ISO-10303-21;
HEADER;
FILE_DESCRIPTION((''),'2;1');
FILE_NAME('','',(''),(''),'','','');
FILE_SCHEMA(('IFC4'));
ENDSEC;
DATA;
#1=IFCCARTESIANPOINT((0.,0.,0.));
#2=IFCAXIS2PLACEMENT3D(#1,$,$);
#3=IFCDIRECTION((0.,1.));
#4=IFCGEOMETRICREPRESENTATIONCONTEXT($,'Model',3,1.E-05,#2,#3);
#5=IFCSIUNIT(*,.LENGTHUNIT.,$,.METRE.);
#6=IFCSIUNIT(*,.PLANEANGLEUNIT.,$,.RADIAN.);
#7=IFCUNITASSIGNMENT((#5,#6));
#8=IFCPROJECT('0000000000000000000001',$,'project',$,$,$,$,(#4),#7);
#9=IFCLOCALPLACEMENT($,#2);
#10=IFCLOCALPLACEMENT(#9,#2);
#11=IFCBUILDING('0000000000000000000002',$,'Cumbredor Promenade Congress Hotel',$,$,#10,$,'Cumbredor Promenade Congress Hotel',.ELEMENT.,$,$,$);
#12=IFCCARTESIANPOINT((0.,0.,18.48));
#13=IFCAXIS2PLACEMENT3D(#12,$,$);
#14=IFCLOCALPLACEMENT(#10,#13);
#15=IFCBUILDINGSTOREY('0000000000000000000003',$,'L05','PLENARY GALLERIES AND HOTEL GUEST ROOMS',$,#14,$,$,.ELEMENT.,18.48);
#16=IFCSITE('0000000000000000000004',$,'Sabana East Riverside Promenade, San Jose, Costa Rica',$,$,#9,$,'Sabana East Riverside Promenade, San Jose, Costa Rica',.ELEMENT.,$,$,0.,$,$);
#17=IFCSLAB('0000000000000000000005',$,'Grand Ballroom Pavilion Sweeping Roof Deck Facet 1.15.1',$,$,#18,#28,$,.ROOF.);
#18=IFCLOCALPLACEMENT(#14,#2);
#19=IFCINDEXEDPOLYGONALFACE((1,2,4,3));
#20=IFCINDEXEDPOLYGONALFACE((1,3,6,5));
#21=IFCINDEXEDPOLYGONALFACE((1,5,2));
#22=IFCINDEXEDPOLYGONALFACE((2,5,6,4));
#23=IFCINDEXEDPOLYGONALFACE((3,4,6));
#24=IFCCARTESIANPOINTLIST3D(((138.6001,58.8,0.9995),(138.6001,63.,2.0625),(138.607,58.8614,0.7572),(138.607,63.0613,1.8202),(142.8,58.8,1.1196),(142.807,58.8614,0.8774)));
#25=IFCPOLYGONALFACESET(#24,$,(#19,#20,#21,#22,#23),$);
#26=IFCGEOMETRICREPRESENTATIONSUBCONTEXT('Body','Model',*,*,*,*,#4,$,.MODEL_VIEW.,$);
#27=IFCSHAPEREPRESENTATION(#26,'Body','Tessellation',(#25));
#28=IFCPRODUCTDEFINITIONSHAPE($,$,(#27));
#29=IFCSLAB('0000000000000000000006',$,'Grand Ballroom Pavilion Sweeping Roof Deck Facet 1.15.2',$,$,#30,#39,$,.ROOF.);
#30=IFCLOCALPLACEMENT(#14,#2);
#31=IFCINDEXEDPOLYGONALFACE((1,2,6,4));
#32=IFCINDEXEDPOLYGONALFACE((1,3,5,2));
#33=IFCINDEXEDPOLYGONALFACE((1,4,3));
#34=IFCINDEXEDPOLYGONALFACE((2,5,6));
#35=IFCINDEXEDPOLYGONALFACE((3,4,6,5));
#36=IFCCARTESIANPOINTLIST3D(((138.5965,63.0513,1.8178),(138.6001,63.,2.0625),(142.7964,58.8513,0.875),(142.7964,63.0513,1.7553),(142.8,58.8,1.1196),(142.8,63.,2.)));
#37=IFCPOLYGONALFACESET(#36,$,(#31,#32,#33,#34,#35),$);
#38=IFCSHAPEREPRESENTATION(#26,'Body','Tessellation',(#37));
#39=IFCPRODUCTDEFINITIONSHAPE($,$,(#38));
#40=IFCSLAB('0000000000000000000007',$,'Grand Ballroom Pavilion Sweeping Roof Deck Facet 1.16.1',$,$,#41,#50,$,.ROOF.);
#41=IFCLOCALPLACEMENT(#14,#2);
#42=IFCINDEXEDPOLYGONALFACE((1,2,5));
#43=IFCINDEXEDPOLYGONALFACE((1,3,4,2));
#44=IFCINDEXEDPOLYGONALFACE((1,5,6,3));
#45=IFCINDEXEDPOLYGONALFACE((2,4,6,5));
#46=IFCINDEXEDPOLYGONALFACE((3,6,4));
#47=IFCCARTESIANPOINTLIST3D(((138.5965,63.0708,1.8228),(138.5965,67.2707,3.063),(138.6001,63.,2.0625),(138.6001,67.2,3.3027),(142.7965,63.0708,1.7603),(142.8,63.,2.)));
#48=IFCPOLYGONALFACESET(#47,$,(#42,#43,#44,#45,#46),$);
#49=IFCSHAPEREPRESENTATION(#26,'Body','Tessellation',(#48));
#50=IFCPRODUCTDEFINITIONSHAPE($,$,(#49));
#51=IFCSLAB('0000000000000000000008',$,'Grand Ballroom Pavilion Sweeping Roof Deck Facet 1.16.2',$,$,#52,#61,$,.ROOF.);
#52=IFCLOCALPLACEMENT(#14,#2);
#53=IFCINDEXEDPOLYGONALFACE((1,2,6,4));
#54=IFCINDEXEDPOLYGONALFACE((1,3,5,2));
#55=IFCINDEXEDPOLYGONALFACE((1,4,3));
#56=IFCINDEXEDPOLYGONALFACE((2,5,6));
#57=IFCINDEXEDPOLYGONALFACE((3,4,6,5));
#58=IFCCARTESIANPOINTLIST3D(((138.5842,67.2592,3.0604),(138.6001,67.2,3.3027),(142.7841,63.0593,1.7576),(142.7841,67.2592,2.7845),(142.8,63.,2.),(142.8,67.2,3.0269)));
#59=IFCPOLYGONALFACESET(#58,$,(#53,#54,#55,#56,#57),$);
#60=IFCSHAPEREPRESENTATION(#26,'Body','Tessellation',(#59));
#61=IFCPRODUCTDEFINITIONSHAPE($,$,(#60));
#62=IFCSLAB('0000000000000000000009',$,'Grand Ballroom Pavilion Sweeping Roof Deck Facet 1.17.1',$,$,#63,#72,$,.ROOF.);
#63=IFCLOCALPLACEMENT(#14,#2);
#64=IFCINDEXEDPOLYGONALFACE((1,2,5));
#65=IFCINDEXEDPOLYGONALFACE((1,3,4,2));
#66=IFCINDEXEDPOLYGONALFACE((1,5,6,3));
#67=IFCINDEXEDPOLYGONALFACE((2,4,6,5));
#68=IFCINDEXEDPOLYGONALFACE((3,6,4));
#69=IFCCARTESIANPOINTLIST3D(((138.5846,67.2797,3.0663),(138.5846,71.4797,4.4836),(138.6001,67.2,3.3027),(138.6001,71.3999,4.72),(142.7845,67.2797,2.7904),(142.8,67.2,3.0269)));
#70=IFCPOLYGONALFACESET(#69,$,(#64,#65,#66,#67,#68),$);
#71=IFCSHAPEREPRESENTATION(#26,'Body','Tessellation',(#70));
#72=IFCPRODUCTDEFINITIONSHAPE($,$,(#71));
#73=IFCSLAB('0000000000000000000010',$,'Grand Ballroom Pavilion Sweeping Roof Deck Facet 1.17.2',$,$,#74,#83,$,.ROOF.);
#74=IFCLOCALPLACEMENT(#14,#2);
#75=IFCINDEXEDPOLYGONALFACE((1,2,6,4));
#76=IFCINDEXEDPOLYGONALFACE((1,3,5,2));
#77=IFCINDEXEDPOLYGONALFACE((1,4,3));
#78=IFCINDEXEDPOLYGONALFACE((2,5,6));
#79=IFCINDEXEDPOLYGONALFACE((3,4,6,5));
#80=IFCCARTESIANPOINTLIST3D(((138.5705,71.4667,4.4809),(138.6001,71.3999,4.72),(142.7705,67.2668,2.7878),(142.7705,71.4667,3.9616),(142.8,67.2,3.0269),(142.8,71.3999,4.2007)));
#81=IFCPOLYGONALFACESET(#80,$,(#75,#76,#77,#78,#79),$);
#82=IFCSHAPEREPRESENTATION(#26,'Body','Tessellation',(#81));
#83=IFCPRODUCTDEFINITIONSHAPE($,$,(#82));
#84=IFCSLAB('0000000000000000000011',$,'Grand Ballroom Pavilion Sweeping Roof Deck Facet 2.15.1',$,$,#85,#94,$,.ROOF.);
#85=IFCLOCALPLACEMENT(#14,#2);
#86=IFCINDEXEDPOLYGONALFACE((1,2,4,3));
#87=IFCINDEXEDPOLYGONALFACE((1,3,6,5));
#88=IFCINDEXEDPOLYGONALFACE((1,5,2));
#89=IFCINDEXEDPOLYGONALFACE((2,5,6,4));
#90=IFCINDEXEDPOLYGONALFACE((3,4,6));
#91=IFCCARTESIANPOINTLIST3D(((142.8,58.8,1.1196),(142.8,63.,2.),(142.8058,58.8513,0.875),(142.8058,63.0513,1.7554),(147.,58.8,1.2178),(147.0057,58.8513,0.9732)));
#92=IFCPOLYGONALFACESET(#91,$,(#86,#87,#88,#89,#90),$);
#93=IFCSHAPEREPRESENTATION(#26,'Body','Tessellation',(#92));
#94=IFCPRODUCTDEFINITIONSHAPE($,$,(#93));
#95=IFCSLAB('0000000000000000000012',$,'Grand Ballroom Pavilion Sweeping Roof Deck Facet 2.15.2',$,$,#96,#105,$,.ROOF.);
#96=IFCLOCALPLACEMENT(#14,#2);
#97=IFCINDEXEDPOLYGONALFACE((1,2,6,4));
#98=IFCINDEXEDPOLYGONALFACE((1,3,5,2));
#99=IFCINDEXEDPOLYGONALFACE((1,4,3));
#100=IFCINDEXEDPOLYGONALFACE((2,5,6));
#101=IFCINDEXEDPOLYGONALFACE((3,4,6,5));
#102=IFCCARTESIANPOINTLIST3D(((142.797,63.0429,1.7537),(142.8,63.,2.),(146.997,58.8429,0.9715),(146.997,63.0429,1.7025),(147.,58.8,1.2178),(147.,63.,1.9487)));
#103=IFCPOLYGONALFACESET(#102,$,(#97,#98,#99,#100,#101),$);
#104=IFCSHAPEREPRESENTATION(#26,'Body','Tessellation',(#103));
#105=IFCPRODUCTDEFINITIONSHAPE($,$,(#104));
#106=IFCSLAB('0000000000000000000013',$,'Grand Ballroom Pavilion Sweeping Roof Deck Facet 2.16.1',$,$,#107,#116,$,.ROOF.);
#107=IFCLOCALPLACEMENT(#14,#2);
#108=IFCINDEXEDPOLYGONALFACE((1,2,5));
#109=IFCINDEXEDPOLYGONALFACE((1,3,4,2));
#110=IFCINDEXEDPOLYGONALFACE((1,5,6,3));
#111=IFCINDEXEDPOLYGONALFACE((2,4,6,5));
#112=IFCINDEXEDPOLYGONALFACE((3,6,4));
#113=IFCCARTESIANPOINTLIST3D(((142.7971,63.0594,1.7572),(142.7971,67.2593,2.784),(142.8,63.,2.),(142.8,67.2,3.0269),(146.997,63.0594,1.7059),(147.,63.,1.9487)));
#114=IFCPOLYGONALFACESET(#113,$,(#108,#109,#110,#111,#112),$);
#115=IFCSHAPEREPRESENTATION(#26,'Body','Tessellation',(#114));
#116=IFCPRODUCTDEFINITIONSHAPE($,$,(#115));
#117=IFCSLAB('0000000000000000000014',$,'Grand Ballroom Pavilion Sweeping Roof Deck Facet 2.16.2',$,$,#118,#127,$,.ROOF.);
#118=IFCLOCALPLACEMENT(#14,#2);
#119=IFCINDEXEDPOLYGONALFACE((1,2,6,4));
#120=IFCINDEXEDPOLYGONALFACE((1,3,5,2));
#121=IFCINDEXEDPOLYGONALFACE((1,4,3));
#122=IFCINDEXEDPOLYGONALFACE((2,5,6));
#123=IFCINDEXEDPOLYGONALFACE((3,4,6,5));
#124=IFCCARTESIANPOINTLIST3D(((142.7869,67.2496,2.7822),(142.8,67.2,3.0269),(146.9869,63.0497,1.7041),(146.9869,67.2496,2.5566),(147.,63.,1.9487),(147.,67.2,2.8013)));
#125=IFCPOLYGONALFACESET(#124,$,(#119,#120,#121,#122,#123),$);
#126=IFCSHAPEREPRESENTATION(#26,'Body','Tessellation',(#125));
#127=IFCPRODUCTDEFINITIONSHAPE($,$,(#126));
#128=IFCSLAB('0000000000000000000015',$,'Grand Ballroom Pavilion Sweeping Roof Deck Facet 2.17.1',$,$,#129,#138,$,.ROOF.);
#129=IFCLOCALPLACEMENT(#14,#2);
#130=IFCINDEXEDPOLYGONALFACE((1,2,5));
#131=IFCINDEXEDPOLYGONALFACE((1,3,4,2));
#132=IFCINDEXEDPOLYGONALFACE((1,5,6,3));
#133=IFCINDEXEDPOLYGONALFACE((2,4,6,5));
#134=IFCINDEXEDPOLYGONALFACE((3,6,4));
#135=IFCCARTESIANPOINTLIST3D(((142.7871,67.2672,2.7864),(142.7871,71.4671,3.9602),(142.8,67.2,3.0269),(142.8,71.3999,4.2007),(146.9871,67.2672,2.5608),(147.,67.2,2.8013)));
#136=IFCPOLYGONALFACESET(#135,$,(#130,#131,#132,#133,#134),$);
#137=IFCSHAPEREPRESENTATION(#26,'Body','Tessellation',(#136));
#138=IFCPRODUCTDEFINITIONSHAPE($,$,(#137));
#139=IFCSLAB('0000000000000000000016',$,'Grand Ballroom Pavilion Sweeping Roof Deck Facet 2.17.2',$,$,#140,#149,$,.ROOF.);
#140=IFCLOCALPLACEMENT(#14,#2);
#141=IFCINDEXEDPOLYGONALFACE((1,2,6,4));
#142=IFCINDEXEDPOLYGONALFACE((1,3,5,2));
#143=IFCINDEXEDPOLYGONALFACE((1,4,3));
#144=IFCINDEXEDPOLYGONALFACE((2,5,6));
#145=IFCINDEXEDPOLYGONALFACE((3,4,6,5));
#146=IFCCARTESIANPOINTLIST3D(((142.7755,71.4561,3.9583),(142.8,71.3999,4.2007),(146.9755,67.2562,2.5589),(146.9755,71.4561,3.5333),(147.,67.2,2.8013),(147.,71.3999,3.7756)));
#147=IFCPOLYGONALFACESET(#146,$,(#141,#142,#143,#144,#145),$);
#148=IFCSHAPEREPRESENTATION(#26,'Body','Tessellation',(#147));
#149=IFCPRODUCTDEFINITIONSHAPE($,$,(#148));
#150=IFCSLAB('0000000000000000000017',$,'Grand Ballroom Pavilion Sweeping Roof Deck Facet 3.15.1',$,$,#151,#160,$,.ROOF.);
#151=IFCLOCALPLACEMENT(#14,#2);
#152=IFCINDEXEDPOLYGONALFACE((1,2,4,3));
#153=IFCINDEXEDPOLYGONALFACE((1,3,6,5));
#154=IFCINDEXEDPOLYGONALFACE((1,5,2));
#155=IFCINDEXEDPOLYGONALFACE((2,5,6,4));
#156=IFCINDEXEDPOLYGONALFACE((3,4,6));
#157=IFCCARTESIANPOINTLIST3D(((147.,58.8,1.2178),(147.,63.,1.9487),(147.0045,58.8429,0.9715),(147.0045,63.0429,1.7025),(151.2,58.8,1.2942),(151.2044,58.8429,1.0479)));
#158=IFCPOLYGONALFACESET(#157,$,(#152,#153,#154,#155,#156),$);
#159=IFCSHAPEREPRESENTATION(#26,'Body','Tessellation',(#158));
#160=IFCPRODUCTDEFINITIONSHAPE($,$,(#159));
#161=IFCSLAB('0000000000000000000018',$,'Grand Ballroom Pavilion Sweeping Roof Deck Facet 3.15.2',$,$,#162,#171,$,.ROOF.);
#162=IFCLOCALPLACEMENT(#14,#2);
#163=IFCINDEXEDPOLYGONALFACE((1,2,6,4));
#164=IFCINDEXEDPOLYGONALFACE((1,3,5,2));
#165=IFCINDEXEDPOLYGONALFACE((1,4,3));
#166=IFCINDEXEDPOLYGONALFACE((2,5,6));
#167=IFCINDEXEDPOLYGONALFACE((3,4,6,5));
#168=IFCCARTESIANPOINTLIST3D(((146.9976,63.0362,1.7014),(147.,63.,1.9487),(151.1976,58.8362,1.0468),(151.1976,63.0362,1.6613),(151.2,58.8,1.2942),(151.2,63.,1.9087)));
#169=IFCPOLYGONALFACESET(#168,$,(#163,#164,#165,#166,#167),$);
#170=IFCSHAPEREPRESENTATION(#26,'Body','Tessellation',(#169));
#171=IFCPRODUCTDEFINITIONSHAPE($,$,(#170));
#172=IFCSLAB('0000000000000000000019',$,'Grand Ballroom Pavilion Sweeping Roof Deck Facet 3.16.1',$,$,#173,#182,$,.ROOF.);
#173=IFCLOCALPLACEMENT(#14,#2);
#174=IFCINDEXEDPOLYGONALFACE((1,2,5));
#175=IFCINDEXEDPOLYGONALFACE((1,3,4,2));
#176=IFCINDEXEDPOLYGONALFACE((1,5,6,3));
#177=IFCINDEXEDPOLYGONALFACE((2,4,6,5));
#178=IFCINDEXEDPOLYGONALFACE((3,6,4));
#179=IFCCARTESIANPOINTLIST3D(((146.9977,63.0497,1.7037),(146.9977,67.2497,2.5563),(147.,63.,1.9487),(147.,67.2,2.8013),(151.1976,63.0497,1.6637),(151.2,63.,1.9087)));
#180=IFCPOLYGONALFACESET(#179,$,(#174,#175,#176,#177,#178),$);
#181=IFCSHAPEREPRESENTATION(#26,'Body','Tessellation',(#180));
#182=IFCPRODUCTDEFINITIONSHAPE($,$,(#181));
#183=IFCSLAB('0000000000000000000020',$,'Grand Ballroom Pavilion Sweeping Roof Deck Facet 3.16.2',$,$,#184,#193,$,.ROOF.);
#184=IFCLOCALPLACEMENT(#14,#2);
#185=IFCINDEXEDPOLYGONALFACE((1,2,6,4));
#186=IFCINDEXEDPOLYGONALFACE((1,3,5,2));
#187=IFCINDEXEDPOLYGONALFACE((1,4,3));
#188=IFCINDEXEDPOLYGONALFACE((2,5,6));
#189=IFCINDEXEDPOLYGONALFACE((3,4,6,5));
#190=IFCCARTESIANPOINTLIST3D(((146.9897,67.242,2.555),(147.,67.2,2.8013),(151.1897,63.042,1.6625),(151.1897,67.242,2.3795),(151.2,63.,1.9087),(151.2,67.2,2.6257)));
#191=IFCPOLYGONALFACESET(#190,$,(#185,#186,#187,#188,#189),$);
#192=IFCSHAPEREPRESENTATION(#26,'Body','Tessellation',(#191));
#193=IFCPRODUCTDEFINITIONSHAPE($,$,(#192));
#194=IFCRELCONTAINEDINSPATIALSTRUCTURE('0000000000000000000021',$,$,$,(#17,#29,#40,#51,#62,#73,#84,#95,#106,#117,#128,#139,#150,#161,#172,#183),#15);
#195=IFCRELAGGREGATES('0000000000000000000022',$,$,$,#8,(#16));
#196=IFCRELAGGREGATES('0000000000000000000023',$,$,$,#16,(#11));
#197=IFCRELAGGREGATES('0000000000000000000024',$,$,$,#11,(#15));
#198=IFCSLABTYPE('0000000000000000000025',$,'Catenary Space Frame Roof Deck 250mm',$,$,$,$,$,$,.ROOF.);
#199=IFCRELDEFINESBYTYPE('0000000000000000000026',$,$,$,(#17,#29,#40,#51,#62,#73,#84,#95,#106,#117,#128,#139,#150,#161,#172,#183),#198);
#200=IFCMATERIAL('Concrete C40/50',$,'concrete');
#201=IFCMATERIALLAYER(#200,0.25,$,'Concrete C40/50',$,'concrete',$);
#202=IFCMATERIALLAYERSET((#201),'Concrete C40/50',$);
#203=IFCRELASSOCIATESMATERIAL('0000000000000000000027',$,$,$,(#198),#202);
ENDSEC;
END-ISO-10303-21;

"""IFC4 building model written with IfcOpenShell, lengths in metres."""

from ifc_helpers import new_model, si_unit, direction, frame, origin, place, context, subcontext, project, spatial, polyline, outline, extrude, material, layer, layer_set, type_object, element, save


model = new_model("IFC4")

# Units and contexts
model_context = context("Model", 3, precision=1e-05, world=origin(), true_north=direction((0.0, 1.0)))
body_context = subcontext(model_context, "Body", "Model", "MODEL_VIEW")
ifc_project = project(units=[si_unit("LENGTHUNIT", "METRE"), si_unit("PLANEANGLEUNIT", "RADIAN")], contexts=[model_context])

# Site, building, storey
site_placement = place(None, origin())
site = spatial("IfcSite", under=ifc_project, at=site_placement, Name="Sabana East Riverside Promenade, San Jose, Costa Rica", LongName="Sabana East Riverside Promenade, San Jose, Costa Rica", CompositionType="ELEMENT", RefElevation=0.0)
building_placement = place(site_placement, origin())
building = spatial("IfcBuilding", under=site, at=building_placement, Name="Cumbredor Promenade Congress Hotel", LongName="Cumbredor Promenade Congress Hotel", CompositionType="ELEMENT")
storey_placement = place(building_placement, frame((0.0, 0.0, 18.48)))
storey = spatial("IfcBuildingStorey", under=building, at=storey_placement, Name="L05", Description="PLENARY GALLERIES AND HOTEL GUEST ROOMS", CompositionType="ELEMENT", Elevation=18.48)

# Slabs
ifc_material_1 = material(Name="Concrete C40/50", Category="concrete")
ifc_layer_1 = layer(ifc_material_1, 0.25, Name="Concrete C40/50", Category="concrete")
ifc_layer_set_1 = layer_set([ifc_layer_1], Name="Concrete C40/50")
slab_type = type_object("IfcSlabType", Name="Catenary Space Frame Roof Deck 250mm", PredefinedType="ROOF", material=ifc_layer_set_1)
slab_1_placement = place(storey_placement, frame((138.6001, 58.8, 0.9995), z_axis=(-0.027715, -0.245265, 0.96906), x_axis=(0.999591, 0.0, 0.028588)))
element("IfcSlab", 1, at=slab_1_placement, inside=storey, type_object=slab_type, Name="Grand Ballroom Pavilion Sweeping Roof Deck Facet 1.15.1", PredefinedType="ROOF", context=body_context, shape_type="SweptSolid", body=[
    extrude(outline(polyline([(0.0, 0.0), (4.2017, 0.0), (0.0304, 4.3323), (0.0, 0.0)])), origin(), (0.0, 0.0, -1.0), 0.25),
])
slab_2_placement = place(storey_placement, frame((142.8, 58.8, 1.1196), z_axis=(0.014563, -0.205134, 0.978626), x_axis=(0.0, 0.978729, 0.205156)))
element("IfcSlab", 2, at=slab_2_placement, inside=storey, type_object=slab_type, Name="Grand Ballroom Pavilion Sweeping Roof Deck Facet 1.15.2", PredefinedType="ROOF", context=body_context, shape_type="SweptSolid", body=[
    extrude(outline(polyline([(0.0, 0.0), (4.2912, 0.0), (4.3041, 4.2004), (0.0, 0.0)])), origin(), (0.0, 0.0, -1.0), 0.25),
])
slab_3_placement = place(storey_placement, frame((138.6001, 63.0, 2.0625), z_axis=(0.01427, -0.283179, 0.958961), x_axis=(0.999889, 0.0, -0.014879)))
element("IfcSlab", 3, at=slab_3_placement, inside=storey, type_object=slab_type, Name="Grand Ballroom Pavilion Sweeping Roof Deck Facet 1.16.1", PredefinedType="ROOF", context=body_context, shape_type="SweptSolid", body=[
    extrude(outline(polyline([(0.0, 0.0), (4.2004, 0.0), (-0.0185, 4.3792), (0.0, 0.0)])), origin(), (0.0, 0.0, -1.0), 0.25),
])
slab_4_placement = place(storey_placement, frame((142.8, 63.0, 2.0), z_axis=(0.063677, -0.237015, 0.969417), x_axis=(0.0, 0.971388, 0.237497)))
element("IfcSlab", 4, at=slab_4_placement, inside=storey, type_object=slab_type, Name="Grand Ballroom Pavilion Sweeping Roof Deck Facet 1.16.2", PredefinedType="ROOF", context=body_context, shape_type="SweptSolid", body=[
    extrude(outline(polyline([(0.0, 0.0), (4.3237, 0.0), (4.3892, 4.2085), (0.0, 0.0)])), origin(), (0.0, 0.0, -1.0), 0.25),
])
slab_5_placement = place(storey_placement, frame((138.6001, 67.2, 3.3027), z_axis=(0.062118, -0.319111, 0.945679), x_axis=(0.99785, 0.0, -0.065545)))
element("IfcSlab", 5, at=slab_5_placement, inside=storey, type_object=slab_type, Name="Grand Ballroom Pavilion Sweeping Roof Deck Facet 1.17.1", PredefinedType="ROOF", context=body_context, shape_type="SweptSolid", body=[
    extrude(outline(polyline([(0.0, 0.0), (4.209, 0.0), (-0.0929, 4.4316), (0.0, 0.0)])), origin(), (0.0, 0.0, -1.0), 0.25),
])
slab_6_placement = place(storey_placement, frame((142.8, 67.2, 3.0269), z_axis=(0.118243, -0.267283, 0.956336), x_axis=(0.0, 0.963092, 0.269171)))
element("IfcSlab", 6, at=slab_6_placement, inside=storey, type_object=slab_type, Name="Grand Ballroom Pavilion Sweeping Roof Deck Facet 1.17.2", PredefinedType="ROOF", context=body_context, shape_type="SweptSolid", body=[
    extrude(outline(polyline([(0.0, 0.0), (4.3609, 0.0), (4.5007, 4.2296), (0.0, 0.0)])), origin(), (0.0, 0.0, -1.0), 0.25),
])
slab_7_placement = place(storey_placement, frame((142.8, 58.8, 1.1196), z_axis=(-0.022865, -0.205102, 0.978473), x_axis=(0.999727, 0.0, 0.023362)))
element("IfcSlab", 7, at=slab_7_placement, inside=storey, type_object=slab_type, Name="Grand Ballroom Pavilion Sweeping Roof Deck Facet 2.15.1", PredefinedType="ROOF", context=body_context, shape_type="SweptSolid", body=[
    extrude(outline(polyline([(0.0, 0.0), (4.2011, 0.0), (0.0206, 4.2912), (0.0, 0.0)])), origin(), (0.0, 0.0, -1.0), 0.25),
])
slab_8_placement = place(storey_placement, frame((147.0, 58.8, 1.2178), z_axis=(0.012026, -0.17145, 0.985119), x_axis=(0.0, 0.985191, 0.171462)))
element("IfcSlab", 8, at=slab_8_placement, inside=storey, type_object=slab_type, Name="Grand Ballroom Pavilion Sweeping Roof Deck Facet 2.15.2", PredefinedType="ROOF", context=body_context, shape_type="SweptSolid", body=[
    extrude(outline(polyline([(0.0, 0.0), (4.2631, 0.0), (4.2719, 4.2003), (0.0, 0.0)])), origin(), (0.0, 0.0, -1.0), 0.25),
])
slab_9_placement = place(storey_placement, frame((142.8, 63.0, 2.0), z_axis=(0.011857, -0.23748, 0.97132), x_axis=(0.999926, 0.0, -0.012206)))
element("IfcSlab", 9, at=slab_9_placement, inside=storey, type_object=slab_type, Name="Grand Ballroom Pavilion Sweeping Roof Deck Facet 2.16.1", PredefinedType="ROOF", context=body_context, shape_type="SweptSolid", body=[
    extrude(outline(polyline([(0.0, 0.0), (4.2003, 0.0), (-0.0125, 4.3236), (0.0, 0.0)])), origin(), (0.0, 0.0, -1.0), 0.25),
])
slab_10_placement = place(storey_placement, frame((147.0, 63.0, 1.9487), z_axis=(0.052565, -0.198656, 0.978659), x_axis=(0.0, 0.980014, 0.198931)))
element("IfcSlab", 10, at=slab_10_placement, inside=storey, type_object=slab_type, Name="Grand Ballroom Pavilion Sweeping Roof Deck Facet 2.16.2", PredefinedType="ROOF", context=body_context, shape_type="SweptSolid", body=[
    extrude(outline(polyline([(0.0, 0.0), (4.2856, 0.0), (4.3305, 4.2058), (0.0, 0.0)])), origin(), (0.0, 0.0, -1.0), 0.25),
])
slab_11_placement = place(storey_placement, frame((142.8, 67.2, 3.0269), z_axis=(0.05166, -0.268812, 0.961806), x_axis=(0.998561, 0.0, -0.053634)))
element("IfcSlab", 11, at=slab_11_placement, inside=storey, type_object=slab_type, Name="Grand Ballroom Pavilion Sweeping Roof Deck Facet 2.17.1", PredefinedType="ROOF", context=body_context, shape_type="SweptSolid", body=[
    extrude(outline(polyline([(0.0, 0.0), (4.206, 0.0), (-0.063, 4.3604), (0.0, 0.0)])), origin(), (0.0, 0.0, -1.0), 0.25),
])
slab_12_placement = place(storey_placement, frame((147.0, 67.2, 2.8013), z_axis=(0.098109, -0.224902, 0.969429), x_axis=(0.0, 0.974129, 0.225993)))
element("IfcSlab", 12, at=slab_12_placement, inside=storey, type_object=slab_type, Name="Grand Ballroom Pavilion Sweeping Roof Deck Facet 2.17.2", PredefinedType="ROOF", context=body_context, shape_type="SweptSolid", body=[
    extrude(outline(polyline([(0.0, 0.0), (4.3115, 0.0), (4.4076, 4.2203), (0.0, 0.0)])), origin(), (0.0, 0.0, -1.0), 0.25),
])
slab_13_placement = place(storey_placement, frame((147.0, 58.8, 1.2178), z_axis=(-0.017922, -0.171434, 0.985032), x_axis=(0.999835, 0.0, 0.018191)))
element("IfcSlab", 13, at=slab_13_placement, inside=storey, type_object=slab_type, Name="Grand Ballroom Pavilion Sweeping Roof Deck Facet 3.15.1", PredefinedType="ROOF", context=body_context, shape_type="SweptSolid", body=[
    extrude(outline(polyline([(0.0, 0.0), (4.2006, 0.0), (0.0133, 4.2631), (0.0, 0.0)])), origin(), (0.0, 0.0, -1.0), 0.25),
])
slab_14_placement = place(storey_placement, frame((151.2, 58.8, 1.2942), z_axis=(0.009432, -0.144764, 0.989421), x_axis=(0.0, 0.989465, 0.14477)))
element("IfcSlab", 14, at=slab_14_placement, inside=storey, type_object=slab_type, Name="Grand Ballroom Pavilion Sweeping Roof Deck Facet 3.15.2", PredefinedType="ROOF", context=body_context, shape_type="SweptSolid", body=[
    extrude(outline(polyline([(0.0, 0.0), (4.2447, 0.0), (4.2505, 4.2001), (0.0, 0.0)])), origin(), (0.0, 0.0, -1.0), 0.25),
])
slab_15_placement = place(storey_placement, frame((147.0, 63.0, 1.9487), z_axis=(0.009342, -0.198922, 0.979971), x_axis=(0.999955, 0.0, -0.009533)))
element("IfcSlab", 15, at=slab_15_placement, inside=storey, type_object=slab_type, Name="Grand Ballroom Pavilion Sweeping Roof Deck Facet 3.16.1", PredefinedType="ROOF", context=body_context, shape_type="SweptSolid", body=[
    extrude(outline(polyline([(0.0, 0.0), (4.2001, 0.0), (-0.0081, 4.2856), (0.0, 0.0)])), origin(), (0.0, 0.0, -1.0), 0.25),
])
slab_16_placement = place(storey_placement, frame((151.2, 63.0, 1.9087), z_axis=(0.041164, -0.168148, 0.984902), x_axis=(0.0, 0.985737, 0.168291)))
element("IfcSlab", 16, at=slab_16_placement, inside=storey, type_object=slab_type, Name="Grand Ballroom Pavilion Sweeping Roof Deck Facet 3.16.2", PredefinedType="ROOF", context=body_context, shape_type="SweptSolid", body=[
    extrude(outline(polyline([(0.0, 0.0), (4.2607, 0.0), (4.2903, 4.2035), (0.0, 0.0)])), origin(), (0.0, 0.0, -1.0), 0.25),
])

save(model, "model.ifc")
